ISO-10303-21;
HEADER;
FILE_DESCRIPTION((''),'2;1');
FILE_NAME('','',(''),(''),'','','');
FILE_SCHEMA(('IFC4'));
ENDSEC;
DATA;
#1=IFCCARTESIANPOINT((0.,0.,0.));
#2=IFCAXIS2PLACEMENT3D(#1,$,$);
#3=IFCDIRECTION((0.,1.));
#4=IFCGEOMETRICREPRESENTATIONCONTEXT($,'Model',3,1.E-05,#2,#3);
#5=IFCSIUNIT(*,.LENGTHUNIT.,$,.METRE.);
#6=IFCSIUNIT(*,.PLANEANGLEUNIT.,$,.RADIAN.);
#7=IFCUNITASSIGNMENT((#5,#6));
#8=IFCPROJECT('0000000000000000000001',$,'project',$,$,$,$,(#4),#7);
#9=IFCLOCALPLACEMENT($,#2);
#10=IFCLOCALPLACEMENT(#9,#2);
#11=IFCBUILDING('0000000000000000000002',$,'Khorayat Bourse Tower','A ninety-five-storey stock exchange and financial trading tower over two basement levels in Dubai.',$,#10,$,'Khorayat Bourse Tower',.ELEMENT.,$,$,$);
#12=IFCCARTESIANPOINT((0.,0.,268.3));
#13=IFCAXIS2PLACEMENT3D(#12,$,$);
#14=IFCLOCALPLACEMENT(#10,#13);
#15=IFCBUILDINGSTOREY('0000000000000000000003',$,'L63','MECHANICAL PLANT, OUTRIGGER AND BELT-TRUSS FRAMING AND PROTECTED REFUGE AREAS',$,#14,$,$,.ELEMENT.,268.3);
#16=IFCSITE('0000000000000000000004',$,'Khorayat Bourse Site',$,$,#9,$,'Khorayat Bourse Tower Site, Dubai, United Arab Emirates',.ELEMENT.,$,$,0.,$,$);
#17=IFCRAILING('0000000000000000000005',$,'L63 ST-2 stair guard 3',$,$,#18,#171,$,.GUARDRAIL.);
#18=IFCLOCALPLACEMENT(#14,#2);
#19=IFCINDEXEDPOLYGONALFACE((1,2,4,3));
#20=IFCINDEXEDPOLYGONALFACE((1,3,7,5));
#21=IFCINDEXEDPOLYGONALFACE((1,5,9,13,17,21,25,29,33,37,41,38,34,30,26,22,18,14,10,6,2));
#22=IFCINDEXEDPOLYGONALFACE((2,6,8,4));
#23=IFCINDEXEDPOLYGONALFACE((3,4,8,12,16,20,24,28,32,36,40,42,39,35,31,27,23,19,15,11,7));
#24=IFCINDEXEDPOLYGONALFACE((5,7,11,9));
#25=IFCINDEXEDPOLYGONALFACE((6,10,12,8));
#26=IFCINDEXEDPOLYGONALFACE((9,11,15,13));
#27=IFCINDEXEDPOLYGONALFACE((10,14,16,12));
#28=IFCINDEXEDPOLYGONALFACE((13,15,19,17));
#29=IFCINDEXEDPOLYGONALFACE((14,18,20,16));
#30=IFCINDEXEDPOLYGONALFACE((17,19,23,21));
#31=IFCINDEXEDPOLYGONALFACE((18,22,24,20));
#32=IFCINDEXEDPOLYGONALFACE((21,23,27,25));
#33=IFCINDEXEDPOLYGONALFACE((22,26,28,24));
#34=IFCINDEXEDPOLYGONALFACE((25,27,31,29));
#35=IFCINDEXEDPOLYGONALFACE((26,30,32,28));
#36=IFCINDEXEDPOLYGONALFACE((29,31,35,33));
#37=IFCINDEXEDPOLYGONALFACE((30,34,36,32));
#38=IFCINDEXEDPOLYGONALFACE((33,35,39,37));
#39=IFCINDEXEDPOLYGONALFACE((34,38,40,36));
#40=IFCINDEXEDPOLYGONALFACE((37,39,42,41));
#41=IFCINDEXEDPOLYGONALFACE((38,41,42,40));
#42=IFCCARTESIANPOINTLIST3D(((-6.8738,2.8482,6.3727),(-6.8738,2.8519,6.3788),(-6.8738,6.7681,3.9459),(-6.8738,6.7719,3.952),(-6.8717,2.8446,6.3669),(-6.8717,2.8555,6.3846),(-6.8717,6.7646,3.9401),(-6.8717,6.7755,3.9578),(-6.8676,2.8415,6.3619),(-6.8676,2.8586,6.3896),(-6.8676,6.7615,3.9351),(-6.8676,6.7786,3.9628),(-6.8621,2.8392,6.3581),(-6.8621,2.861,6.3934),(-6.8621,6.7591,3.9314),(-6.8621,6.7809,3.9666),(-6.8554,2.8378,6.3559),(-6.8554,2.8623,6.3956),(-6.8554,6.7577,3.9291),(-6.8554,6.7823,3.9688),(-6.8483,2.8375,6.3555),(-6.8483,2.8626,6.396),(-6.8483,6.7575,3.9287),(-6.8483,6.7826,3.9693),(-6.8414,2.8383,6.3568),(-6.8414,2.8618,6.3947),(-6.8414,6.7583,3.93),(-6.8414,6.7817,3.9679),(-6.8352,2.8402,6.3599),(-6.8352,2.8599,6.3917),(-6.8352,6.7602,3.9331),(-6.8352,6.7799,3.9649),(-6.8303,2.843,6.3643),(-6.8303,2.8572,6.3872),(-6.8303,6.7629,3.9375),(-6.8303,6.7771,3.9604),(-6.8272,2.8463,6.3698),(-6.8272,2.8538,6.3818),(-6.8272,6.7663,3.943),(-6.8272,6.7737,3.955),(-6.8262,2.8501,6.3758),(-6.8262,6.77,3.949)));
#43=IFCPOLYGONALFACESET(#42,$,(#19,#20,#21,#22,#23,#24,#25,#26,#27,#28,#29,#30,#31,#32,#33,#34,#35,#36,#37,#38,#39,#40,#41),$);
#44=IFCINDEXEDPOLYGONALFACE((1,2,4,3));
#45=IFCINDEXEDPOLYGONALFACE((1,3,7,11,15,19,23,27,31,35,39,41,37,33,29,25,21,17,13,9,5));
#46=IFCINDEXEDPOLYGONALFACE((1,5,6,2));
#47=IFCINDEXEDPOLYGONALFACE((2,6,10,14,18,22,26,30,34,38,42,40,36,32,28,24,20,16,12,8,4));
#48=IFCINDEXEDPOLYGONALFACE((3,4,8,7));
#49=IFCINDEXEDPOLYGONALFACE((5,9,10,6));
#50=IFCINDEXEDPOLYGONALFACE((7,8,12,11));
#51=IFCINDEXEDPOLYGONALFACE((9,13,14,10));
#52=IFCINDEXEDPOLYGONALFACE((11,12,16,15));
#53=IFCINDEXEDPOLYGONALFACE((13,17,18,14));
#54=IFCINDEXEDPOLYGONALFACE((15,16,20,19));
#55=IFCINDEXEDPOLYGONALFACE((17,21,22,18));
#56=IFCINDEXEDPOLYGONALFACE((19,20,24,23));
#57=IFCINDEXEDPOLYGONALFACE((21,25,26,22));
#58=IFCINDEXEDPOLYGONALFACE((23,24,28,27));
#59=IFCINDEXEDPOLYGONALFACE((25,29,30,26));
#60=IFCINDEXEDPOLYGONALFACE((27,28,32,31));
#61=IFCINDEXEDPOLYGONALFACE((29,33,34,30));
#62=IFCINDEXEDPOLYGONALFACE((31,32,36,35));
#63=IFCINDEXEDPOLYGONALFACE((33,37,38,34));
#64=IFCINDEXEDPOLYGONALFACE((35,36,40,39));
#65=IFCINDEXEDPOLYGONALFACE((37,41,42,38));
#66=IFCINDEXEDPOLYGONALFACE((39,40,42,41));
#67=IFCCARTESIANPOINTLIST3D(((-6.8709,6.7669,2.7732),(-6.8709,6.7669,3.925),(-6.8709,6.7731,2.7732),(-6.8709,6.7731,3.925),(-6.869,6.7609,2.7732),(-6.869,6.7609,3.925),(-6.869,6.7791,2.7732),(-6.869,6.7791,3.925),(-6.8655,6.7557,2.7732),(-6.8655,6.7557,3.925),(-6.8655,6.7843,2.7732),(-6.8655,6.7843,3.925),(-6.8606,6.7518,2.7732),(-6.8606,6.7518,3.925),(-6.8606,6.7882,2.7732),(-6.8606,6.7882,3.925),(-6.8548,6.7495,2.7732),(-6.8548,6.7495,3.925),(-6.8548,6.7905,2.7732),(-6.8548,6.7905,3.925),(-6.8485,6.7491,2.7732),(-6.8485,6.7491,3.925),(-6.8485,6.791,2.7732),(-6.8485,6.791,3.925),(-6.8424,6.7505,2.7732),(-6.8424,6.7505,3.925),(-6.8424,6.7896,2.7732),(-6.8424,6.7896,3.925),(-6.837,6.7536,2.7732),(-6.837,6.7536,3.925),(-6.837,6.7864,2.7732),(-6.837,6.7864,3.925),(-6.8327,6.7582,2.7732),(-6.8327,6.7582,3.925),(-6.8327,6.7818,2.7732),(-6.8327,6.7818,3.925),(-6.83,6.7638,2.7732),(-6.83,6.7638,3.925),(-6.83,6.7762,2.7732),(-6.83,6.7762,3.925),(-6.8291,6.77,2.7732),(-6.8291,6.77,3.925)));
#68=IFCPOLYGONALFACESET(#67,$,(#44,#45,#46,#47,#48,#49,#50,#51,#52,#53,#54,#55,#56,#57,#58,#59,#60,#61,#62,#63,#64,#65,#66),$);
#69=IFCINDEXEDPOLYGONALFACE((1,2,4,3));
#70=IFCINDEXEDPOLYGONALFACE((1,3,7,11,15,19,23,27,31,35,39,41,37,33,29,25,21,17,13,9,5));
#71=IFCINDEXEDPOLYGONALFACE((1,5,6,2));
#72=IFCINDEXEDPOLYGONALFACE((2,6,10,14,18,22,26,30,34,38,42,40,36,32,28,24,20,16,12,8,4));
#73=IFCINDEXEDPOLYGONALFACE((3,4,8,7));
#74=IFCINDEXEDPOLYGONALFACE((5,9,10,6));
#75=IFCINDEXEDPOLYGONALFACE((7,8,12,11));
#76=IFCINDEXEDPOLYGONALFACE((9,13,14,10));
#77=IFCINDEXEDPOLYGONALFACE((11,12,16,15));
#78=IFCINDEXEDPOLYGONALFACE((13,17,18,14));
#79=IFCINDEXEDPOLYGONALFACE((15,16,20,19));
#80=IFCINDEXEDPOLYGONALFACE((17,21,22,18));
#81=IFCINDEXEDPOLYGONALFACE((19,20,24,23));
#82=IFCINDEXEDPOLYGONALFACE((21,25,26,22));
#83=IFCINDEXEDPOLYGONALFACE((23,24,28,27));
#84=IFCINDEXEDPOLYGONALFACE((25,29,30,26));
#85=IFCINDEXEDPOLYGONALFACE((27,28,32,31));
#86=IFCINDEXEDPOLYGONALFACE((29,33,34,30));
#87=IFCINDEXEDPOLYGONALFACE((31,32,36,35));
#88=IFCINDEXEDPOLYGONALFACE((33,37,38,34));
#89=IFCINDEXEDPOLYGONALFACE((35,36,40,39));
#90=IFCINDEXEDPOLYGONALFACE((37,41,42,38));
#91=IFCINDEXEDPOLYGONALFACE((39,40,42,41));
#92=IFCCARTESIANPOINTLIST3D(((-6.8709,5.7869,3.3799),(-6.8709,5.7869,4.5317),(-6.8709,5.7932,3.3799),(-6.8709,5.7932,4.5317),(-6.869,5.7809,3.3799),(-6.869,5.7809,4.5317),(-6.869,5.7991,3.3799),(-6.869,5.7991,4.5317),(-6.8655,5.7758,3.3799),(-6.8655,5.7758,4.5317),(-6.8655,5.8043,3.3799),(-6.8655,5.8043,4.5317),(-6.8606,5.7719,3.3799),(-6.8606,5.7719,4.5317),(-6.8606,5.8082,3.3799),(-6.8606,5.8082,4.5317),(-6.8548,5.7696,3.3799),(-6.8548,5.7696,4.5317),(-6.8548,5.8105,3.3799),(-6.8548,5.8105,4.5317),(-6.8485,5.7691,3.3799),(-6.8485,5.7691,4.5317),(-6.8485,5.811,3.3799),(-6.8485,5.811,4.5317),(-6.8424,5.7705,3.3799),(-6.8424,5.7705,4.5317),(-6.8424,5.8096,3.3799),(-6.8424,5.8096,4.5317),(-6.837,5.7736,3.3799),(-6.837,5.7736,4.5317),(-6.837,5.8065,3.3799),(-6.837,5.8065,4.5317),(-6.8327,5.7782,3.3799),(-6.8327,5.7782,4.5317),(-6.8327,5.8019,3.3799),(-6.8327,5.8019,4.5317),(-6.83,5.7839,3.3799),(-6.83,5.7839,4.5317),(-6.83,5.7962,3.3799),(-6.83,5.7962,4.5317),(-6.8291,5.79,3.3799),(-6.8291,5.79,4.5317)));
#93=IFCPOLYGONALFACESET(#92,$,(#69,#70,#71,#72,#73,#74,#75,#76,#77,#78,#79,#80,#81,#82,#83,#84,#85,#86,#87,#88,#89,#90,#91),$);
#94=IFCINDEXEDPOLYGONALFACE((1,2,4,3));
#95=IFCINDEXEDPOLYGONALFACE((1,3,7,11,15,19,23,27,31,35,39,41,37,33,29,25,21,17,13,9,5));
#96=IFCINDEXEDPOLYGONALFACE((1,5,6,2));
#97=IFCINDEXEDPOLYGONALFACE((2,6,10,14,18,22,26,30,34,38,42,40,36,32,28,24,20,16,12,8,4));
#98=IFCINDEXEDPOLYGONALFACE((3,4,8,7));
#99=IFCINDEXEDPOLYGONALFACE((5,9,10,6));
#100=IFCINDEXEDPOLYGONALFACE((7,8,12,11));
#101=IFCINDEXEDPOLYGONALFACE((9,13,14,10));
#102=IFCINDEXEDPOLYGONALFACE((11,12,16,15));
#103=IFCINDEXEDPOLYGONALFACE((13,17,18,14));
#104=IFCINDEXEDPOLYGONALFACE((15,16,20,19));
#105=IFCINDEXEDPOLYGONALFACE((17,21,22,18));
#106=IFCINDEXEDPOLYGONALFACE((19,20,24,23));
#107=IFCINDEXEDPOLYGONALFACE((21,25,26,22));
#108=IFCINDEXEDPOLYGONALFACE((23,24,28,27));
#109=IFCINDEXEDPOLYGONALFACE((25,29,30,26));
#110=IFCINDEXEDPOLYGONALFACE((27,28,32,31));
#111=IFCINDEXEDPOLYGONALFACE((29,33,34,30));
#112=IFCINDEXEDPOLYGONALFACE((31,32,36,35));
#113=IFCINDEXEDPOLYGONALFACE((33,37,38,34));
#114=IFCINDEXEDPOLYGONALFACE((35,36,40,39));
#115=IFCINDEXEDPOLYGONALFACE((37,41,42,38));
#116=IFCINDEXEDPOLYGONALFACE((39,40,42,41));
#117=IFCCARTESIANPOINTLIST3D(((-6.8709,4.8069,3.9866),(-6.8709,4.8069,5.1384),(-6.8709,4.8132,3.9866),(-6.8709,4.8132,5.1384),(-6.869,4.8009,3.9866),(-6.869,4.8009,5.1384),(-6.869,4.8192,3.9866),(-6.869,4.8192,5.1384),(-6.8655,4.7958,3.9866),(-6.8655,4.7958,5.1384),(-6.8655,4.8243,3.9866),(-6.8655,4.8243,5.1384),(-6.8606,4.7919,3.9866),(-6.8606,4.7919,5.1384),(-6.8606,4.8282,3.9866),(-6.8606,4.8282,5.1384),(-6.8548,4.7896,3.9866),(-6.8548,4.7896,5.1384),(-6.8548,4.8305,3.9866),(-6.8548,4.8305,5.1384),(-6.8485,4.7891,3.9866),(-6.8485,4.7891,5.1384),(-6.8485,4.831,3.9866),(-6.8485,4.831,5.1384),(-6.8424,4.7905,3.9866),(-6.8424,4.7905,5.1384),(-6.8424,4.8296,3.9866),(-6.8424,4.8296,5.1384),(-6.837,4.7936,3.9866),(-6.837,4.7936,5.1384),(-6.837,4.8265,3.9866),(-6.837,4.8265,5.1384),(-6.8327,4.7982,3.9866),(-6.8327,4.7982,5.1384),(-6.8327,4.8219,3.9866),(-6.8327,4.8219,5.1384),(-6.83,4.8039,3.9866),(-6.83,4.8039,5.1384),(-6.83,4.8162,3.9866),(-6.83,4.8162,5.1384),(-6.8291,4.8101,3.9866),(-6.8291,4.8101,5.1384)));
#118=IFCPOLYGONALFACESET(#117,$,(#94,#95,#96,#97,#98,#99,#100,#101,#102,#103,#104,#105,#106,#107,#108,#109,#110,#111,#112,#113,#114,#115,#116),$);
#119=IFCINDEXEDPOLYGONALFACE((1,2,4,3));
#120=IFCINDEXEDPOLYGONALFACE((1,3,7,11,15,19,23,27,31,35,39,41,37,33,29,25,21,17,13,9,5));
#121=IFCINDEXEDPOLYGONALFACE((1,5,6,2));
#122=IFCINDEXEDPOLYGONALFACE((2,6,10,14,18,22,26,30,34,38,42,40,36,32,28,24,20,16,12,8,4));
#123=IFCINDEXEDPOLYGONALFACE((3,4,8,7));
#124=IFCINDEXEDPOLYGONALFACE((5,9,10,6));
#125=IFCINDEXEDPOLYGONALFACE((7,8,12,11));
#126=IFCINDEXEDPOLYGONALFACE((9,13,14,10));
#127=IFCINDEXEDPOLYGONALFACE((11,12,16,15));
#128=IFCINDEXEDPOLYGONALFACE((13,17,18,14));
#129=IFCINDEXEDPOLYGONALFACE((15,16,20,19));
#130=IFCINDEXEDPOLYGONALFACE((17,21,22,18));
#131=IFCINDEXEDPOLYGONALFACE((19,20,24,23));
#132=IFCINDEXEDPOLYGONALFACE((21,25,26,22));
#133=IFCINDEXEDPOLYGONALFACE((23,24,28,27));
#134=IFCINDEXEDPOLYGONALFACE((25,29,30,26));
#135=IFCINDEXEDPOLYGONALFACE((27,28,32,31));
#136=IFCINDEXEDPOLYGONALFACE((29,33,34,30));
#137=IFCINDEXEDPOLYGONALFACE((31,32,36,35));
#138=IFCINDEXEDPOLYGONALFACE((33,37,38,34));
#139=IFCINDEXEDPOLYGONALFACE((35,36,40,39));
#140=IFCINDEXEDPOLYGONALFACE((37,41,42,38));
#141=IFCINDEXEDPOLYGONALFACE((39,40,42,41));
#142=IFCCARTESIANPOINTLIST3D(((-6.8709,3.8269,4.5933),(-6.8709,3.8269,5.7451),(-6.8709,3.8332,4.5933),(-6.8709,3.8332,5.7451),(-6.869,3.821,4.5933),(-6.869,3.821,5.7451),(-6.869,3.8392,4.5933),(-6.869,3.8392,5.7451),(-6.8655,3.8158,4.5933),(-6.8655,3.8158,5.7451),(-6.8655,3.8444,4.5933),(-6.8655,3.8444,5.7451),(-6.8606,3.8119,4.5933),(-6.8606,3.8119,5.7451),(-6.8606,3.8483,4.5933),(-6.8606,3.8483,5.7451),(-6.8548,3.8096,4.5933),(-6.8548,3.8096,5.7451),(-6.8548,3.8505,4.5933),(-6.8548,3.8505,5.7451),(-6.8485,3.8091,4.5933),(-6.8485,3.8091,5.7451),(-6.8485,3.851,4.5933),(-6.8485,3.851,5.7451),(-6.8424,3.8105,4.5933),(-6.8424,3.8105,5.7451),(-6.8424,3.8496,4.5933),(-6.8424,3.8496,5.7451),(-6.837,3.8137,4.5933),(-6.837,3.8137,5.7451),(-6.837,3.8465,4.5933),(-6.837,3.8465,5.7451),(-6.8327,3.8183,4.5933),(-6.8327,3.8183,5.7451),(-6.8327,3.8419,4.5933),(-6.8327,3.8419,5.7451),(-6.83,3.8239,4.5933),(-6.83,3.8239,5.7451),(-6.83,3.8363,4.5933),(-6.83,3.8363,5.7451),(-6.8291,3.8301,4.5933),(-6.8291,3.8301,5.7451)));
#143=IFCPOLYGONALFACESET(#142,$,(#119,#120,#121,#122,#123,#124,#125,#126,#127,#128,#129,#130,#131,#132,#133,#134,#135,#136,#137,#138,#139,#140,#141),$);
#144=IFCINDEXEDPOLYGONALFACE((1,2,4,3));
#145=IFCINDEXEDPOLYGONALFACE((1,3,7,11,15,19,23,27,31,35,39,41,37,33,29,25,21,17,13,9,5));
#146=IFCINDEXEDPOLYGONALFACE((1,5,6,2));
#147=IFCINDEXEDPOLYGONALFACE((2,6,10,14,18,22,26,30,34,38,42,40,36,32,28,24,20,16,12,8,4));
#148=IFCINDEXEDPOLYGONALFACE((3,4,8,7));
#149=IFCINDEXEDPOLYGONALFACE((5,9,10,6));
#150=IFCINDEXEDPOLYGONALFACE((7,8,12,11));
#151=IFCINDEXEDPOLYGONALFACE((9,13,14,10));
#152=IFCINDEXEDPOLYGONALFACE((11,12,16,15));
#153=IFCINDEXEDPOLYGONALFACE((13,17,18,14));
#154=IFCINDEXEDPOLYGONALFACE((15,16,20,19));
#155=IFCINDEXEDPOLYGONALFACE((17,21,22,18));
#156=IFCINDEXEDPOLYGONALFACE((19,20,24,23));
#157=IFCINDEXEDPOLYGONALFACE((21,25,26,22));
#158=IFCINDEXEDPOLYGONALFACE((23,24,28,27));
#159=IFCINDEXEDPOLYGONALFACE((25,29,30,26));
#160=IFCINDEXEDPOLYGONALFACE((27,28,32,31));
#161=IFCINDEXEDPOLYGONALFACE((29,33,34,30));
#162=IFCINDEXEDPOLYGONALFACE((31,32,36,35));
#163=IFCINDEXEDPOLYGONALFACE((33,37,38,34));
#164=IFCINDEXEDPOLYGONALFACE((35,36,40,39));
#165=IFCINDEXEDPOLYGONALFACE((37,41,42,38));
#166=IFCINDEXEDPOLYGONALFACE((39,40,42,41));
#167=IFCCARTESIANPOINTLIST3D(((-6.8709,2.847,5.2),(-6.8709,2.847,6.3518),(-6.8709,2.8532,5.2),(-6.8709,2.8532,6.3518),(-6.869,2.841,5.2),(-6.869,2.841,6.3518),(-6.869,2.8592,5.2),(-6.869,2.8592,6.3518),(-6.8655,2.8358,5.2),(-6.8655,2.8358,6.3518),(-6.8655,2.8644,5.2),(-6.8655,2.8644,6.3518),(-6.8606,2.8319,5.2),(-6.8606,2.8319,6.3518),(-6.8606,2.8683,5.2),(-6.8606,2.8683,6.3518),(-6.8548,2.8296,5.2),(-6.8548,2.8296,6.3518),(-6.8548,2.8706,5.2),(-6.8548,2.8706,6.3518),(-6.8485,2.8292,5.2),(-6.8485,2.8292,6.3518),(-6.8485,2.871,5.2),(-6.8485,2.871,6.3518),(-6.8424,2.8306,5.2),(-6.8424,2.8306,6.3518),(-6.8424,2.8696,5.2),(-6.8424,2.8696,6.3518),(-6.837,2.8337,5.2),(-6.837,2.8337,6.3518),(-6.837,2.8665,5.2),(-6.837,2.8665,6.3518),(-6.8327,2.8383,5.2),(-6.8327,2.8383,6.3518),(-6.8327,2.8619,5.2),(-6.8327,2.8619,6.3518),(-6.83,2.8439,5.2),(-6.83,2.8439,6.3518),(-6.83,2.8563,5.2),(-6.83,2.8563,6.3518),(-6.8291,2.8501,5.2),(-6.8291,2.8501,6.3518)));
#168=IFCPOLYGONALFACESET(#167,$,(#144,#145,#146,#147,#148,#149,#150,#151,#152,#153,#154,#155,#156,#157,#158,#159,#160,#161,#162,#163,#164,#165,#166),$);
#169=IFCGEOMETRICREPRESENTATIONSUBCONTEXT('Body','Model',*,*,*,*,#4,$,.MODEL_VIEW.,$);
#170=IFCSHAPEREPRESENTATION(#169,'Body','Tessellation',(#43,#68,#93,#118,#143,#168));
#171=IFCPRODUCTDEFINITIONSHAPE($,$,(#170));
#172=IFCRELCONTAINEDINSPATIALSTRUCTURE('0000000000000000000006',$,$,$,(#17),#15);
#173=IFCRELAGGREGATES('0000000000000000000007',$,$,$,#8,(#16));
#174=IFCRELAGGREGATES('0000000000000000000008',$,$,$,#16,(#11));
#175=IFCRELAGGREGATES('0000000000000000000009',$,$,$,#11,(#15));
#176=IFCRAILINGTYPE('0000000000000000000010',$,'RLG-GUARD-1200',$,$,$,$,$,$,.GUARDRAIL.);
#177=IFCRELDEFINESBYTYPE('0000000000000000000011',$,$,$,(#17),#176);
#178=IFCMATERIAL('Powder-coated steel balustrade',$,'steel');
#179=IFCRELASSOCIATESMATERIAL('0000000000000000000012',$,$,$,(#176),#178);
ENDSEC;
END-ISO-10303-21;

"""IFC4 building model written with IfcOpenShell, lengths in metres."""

from ifc_helpers import new_model, si_unit, direction, frame, origin, origin_2d, place, context, subcontext, project, spatial, circle, extrude, source, transform, mapped, material, type_object, element, save


model = new_model("IFC4")

# Units and contexts
model_context = context("Model", 3, precision=1e-05, world=origin(), true_north=direction((0.0, 1.0)))
body_context = subcontext(model_context, "Body", "Model", "MODEL_VIEW")
ifc_project = project(units=[si_unit("LENGTHUNIT", "METRE"), si_unit("PLANEANGLEUNIT", "RADIAN")], contexts=[model_context])

# Site, building, storey
site_placement = place(None, origin())
site = spatial("IfcSite", under=ifc_project, at=site_placement, Name="Khorayat Bourse Site", LongName="Khorayat Bourse Tower Site, Dubai, United Arab Emirates", CompositionType="ELEMENT", RefElevation=0.0)
building_placement = place(site_placement, origin())
building = spatial("IfcBuilding", under=site, at=building_placement, Name="Khorayat Bourse Tower", Description="A ninety-five-storey stock exchange and financial trading tower over two basement levels in Dubai.", LongName="Khorayat Bourse Tower", CompositionType="ELEMENT")
storey_placement = place(building_placement, frame((0.0, 0.0, 268.3)))
storey = spatial("IfcBuildingStorey", under=building, at=storey_placement, Name="L63", Description="MECHANICAL PLANT, OUTRIGGER AND BELT-TRUSS FRAMING AND PROTECTED REFUGE AREAS", CompositionType="ELEMENT", Elevation=268.3)

# Railing
ifc_material_1 = material(Name="Powder-coated steel balustrade", Category="steel")
railing_type_1 = type_object("IfcRailingType", Name="RLG-GUARD-1200", PredefinedType="GUARDRAIL", material=ifc_material_1)
shared_shape_1 = source(origin(), body_context, "Body", "SweptSolid", [
    extrude(circle(Radius=0.0239, at=origin_2d()), frame((0.0, 0.0, 1.1758), z_axis=(0.0, -0.850252, 0.526376), x_axis=(1.0, 0.0, 0.0)), (0.0, 0.0, 1.0), 4.6104),
    extrude(circle(Radius=0.021, at=origin_2d()), origin(), (0.0, 0.0, 1.0), 1.1519),
    extrude(circle(Radius=0.021, at=origin_2d()), frame((0.0, -0.98, 0.6067)), (0.0, 0.0, 1.0), 1.1519),
    extrude(circle(Radius=0.021, at=origin_2d()), frame((0.0, -1.96, 1.2134)), (0.0, 0.0, 1.0), 1.1519),
    extrude(circle(Radius=0.021, at=origin_2d()), frame((0.0, -2.9399, 1.8201)), (0.0, 0.0, 1.0), 1.1519),
    extrude(circle(Radius=0.021, at=origin_2d()), frame((0.0, -3.9199, 2.4268)), (0.0, 0.0, 1.0), 1.1519),
])
railing_1_placement = place(storey_placement, frame((-6.8501, 6.77, 2.7732)))
element("IfcRailing", 1, at=railing_1_placement, inside=storey, type_object=railing_type_1, Name="L63 ST-2 stair guard 3", PredefinedType="GUARDRAIL", context=body_context, shape_type="MappedRepresentation", body=[
    mapped(shared_shape_1, transform((0.0, 0.0, 0.0), scale=1.0)),
])

save(model, "model.ifc")
